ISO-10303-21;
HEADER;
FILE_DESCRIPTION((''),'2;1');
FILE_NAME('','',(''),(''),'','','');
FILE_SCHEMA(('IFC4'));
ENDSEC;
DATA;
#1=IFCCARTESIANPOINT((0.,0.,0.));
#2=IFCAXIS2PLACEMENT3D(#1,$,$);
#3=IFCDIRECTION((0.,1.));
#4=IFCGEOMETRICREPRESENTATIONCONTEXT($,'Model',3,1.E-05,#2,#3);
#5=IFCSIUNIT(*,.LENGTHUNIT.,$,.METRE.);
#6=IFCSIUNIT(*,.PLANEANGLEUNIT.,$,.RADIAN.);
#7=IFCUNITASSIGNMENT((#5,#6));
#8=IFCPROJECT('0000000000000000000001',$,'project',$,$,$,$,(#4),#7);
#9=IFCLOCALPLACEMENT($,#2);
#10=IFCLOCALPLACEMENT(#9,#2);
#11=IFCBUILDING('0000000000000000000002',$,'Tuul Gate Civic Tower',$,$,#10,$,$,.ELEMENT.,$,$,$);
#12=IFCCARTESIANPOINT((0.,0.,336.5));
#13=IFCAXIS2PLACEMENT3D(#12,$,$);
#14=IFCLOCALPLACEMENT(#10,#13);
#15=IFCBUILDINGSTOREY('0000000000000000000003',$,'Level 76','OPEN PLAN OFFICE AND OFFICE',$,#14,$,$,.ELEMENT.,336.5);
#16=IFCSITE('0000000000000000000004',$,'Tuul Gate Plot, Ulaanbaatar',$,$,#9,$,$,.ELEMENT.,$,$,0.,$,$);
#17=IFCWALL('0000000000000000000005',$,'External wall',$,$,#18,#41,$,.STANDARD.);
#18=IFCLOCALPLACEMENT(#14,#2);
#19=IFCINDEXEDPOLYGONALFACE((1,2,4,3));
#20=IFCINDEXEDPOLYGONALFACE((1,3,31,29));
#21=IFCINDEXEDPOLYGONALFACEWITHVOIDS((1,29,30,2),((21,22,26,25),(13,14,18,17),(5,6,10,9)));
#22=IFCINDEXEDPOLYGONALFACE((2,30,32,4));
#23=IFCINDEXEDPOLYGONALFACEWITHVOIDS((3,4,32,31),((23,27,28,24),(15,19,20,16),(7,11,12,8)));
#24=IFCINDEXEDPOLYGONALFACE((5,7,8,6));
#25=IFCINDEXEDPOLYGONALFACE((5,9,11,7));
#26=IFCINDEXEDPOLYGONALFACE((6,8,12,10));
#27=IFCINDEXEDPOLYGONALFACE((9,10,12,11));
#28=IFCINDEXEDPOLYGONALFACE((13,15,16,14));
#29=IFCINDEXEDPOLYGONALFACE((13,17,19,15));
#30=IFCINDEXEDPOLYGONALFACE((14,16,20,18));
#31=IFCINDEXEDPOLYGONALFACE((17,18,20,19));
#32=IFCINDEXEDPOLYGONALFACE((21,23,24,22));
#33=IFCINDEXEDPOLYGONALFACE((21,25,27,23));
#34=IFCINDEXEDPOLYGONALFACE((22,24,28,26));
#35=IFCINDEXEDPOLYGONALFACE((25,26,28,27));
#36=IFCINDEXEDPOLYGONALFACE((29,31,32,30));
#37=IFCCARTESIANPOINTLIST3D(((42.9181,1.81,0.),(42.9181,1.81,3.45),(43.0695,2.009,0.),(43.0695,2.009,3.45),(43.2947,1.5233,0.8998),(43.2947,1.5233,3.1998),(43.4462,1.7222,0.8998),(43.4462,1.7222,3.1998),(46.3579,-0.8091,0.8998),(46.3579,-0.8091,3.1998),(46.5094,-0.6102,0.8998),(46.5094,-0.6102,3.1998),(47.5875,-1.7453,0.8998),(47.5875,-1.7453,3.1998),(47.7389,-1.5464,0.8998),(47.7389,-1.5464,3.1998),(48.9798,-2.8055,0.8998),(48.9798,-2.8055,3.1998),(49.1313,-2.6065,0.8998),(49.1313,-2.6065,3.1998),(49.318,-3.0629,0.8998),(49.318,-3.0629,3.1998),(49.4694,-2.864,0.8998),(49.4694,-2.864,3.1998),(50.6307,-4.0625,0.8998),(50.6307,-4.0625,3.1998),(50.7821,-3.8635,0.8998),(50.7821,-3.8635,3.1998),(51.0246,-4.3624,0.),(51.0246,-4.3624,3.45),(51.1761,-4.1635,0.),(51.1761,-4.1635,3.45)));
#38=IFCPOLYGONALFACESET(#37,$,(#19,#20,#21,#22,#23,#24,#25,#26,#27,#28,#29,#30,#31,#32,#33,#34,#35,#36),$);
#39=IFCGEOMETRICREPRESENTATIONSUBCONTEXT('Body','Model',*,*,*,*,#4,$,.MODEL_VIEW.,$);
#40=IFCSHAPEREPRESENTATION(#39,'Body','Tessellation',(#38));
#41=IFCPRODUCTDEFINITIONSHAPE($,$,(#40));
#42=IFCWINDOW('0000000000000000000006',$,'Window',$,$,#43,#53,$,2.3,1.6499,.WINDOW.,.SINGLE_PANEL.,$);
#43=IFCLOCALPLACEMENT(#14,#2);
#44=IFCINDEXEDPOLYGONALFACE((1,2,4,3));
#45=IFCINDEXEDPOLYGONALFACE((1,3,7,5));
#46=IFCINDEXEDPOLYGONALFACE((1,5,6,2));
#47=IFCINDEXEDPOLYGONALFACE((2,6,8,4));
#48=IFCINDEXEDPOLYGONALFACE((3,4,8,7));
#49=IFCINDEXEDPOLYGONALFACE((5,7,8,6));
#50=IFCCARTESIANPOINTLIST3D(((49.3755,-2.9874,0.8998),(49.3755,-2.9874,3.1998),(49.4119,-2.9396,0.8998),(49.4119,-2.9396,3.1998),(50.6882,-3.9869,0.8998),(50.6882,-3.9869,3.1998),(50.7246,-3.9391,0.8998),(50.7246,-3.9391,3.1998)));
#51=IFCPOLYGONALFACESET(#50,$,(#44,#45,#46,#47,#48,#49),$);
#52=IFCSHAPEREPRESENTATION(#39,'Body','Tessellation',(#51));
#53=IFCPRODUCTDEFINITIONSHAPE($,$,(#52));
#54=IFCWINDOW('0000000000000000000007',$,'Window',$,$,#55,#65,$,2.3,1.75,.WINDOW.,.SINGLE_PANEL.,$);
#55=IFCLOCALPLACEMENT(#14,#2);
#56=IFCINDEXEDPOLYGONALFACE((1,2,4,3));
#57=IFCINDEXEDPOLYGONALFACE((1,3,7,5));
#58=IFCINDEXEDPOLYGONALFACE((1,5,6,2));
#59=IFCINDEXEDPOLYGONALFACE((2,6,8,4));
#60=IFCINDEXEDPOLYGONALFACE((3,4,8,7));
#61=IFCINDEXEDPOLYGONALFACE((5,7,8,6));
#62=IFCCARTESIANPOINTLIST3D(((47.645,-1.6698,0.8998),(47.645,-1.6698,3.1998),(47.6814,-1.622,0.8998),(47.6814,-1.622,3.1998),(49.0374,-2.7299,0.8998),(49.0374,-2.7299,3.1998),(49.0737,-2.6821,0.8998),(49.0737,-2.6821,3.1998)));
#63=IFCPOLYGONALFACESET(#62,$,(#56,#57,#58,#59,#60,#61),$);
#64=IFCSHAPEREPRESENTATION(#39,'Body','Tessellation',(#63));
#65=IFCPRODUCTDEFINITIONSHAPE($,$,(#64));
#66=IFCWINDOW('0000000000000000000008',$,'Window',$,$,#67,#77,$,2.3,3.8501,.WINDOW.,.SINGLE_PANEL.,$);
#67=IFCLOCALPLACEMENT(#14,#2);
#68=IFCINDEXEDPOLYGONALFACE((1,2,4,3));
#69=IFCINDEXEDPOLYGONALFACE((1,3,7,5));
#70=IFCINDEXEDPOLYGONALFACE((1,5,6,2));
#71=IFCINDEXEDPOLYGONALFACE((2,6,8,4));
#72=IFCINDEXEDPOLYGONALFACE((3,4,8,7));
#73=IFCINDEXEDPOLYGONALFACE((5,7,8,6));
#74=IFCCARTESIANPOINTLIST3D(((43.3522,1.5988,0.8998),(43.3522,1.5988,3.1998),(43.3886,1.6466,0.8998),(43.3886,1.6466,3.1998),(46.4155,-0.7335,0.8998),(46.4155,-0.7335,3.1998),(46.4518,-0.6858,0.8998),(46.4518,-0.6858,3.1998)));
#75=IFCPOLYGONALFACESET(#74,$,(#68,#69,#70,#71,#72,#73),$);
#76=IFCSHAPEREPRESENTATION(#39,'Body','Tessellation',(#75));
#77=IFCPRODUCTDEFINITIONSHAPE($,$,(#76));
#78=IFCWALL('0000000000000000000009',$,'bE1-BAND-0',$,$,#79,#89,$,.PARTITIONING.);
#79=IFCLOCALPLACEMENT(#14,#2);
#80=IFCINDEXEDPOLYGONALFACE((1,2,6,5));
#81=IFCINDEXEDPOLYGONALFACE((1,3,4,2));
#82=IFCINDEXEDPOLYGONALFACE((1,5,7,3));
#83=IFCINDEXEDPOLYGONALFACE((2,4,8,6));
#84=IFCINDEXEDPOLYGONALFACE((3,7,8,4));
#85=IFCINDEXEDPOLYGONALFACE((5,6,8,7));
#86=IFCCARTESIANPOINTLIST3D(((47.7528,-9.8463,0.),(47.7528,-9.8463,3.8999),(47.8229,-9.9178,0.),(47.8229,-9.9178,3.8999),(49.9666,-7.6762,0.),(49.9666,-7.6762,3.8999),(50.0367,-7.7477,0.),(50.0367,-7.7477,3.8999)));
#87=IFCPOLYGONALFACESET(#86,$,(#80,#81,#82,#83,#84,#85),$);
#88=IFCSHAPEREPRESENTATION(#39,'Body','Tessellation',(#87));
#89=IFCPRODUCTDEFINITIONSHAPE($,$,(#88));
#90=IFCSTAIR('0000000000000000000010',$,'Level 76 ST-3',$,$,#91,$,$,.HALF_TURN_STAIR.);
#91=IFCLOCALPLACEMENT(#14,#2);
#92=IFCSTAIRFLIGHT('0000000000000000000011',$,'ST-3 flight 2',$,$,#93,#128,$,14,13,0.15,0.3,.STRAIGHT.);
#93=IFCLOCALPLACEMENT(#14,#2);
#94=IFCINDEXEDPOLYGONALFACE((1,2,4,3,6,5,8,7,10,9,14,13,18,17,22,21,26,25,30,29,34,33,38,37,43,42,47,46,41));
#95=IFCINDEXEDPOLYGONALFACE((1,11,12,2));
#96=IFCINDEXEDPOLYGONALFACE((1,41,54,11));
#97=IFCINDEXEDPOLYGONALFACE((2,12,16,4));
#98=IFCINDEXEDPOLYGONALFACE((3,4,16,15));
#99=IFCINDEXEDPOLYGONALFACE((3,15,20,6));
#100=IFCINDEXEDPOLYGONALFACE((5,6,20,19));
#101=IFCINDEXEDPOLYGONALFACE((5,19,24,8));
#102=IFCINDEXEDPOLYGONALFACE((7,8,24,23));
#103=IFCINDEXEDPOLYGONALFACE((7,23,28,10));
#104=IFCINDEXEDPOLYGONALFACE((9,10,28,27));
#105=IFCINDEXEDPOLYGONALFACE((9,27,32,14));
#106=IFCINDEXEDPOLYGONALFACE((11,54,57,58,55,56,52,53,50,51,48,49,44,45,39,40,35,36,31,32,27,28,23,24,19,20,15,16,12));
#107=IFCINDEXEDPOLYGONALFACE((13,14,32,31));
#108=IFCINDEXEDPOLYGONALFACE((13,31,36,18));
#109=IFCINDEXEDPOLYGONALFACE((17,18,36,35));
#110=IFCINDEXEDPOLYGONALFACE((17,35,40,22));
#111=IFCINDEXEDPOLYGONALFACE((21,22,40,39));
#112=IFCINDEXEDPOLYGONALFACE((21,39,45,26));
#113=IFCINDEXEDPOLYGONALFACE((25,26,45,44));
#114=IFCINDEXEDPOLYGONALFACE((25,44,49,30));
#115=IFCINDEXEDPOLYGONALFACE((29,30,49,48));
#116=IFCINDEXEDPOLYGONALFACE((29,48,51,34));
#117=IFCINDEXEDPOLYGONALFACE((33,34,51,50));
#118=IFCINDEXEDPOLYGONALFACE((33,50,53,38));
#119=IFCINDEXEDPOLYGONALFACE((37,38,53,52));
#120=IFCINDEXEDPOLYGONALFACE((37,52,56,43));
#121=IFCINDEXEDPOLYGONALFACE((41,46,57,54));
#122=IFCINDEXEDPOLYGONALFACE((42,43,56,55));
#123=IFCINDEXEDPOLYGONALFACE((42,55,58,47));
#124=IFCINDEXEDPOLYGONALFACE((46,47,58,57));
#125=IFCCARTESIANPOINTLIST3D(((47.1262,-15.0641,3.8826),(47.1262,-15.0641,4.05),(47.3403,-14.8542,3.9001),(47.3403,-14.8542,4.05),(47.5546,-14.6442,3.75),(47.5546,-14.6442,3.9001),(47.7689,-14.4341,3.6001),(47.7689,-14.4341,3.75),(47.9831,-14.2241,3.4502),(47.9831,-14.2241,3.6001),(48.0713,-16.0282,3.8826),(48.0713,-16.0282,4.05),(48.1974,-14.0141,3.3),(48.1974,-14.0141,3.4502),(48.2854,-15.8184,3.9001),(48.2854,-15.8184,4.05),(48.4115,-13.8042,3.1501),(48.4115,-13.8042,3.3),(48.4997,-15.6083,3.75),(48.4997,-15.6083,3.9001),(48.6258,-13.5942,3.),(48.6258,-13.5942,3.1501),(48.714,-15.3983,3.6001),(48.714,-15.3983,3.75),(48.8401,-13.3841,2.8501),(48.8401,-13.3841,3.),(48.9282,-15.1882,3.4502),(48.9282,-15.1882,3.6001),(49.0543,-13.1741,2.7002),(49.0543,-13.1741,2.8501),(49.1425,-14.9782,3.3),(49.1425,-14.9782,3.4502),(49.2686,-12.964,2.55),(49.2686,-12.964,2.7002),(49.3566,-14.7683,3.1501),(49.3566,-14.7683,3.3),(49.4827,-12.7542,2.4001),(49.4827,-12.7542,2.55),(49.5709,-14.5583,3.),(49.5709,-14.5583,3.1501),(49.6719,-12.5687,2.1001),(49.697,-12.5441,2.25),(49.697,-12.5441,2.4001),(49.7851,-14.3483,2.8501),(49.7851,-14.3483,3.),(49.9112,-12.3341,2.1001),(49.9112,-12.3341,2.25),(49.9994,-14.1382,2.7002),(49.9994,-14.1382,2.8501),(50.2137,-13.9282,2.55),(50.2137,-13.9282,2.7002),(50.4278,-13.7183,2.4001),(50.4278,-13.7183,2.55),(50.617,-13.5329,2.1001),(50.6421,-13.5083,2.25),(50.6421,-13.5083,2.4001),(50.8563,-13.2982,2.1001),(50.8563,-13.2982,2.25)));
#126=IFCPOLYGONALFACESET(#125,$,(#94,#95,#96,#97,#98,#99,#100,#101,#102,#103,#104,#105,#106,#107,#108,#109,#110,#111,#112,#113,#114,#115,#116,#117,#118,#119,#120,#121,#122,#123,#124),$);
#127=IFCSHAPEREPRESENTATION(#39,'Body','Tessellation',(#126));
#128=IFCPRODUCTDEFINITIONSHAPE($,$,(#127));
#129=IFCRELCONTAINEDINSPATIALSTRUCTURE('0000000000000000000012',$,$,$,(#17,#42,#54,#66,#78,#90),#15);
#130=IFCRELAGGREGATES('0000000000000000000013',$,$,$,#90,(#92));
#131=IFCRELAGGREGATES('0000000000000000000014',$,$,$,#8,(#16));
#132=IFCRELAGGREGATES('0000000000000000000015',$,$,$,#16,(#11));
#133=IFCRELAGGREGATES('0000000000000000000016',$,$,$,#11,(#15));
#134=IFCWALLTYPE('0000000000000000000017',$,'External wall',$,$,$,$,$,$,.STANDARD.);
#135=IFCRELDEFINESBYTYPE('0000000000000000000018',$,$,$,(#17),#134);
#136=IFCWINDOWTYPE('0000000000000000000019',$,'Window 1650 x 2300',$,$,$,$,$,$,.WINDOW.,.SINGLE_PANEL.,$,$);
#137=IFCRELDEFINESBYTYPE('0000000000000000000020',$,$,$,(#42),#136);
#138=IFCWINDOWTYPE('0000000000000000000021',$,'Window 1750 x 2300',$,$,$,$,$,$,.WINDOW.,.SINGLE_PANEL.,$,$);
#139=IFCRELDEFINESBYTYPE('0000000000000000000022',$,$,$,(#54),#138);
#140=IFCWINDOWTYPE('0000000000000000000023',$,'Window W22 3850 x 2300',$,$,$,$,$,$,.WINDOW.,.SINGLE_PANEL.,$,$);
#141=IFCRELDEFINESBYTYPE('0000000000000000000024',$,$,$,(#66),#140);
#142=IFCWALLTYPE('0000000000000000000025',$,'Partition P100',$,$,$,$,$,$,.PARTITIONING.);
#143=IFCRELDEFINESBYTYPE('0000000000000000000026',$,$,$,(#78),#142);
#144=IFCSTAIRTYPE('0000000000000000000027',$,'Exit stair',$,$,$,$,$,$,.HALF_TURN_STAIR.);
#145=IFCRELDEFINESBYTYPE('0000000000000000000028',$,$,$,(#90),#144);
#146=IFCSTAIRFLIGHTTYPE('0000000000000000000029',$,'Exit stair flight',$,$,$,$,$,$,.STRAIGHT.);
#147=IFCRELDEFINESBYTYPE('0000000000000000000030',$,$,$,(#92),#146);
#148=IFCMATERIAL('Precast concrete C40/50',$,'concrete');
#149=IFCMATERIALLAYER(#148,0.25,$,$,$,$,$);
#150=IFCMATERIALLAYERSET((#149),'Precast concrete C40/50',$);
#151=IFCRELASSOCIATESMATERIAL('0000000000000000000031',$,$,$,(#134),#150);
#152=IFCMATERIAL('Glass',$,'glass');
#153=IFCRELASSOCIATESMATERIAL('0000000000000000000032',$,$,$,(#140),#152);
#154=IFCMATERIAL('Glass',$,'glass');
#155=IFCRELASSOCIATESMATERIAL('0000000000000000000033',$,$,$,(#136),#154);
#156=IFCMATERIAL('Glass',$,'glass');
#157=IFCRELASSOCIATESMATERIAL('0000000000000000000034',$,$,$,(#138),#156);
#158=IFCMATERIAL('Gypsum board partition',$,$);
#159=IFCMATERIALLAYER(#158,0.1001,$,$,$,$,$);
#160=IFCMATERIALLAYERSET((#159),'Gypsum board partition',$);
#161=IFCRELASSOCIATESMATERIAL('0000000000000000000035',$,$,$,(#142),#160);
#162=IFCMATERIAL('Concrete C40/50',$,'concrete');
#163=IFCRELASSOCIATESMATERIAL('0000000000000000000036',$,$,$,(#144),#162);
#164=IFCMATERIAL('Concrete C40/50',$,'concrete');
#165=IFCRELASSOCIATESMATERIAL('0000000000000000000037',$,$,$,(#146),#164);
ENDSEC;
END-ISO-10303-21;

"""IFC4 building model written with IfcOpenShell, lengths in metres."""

from ifc_helpers import new_model, si_unit, direction, frame, frame_2d, origin, place, context, subcontext, project, spatial, polyline, rectangle, outline, extrude, material, layer, layer_set, type_object, element, fill, aggregate, save


model = new_model("IFC4")

# Units and contexts
model_context = context("Model", 3, precision=1e-05, world=origin(), true_north=direction((0.0, 1.0)))
body_context = subcontext(model_context, "Body", "Model", "MODEL_VIEW")
ifc_project = project(units=[si_unit("LENGTHUNIT", "METRE"), si_unit("PLANEANGLEUNIT", "RADIAN")], contexts=[model_context])

# Site, building, storey
site_placement = place(None, origin())
site = spatial("IfcSite", under=ifc_project, at=site_placement, Name="Tuul Gate Plot, Ulaanbaatar", CompositionType="ELEMENT", RefElevation=0.0)
building_placement = place(site_placement, origin())
building = spatial("IfcBuilding", under=site, at=building_placement, Name="Tuul Gate Civic Tower", CompositionType="ELEMENT")
storey_placement = place(building_placement, frame((0.0, 0.0, 336.5)))
storey = spatial("IfcBuildingStorey", under=building, at=storey_placement, Name="Level 76", Description="OPEN PLAN OFFICE AND OFFICE", CompositionType="ELEMENT", Elevation=336.5)

# Wall, openings, windows
ifc_material_1 = material(Name="Precast concrete C40/50", Category="concrete")
ifc_layer_1 = layer(ifc_material_1, 0.25)
ifc_layer_set_1 = layer_set([ifc_layer_1], Name="Precast concrete C40/50")
wall_type_1 = type_object("IfcWallType", Name="External wall", PredefinedType="STANDARD", material=ifc_layer_set_1)
ifc_material_2 = material(Name="Glass", Category="glass")
window_type_1 = type_object("IfcWindowType", Name="Window W22 3850 x 2300", PartitioningType="SINGLE_PANEL", PredefinedType="WINDOW", material=ifc_material_2)
wall_1_placement = place(storey_placement, frame((51.1003, -4.2629, 0.0), z_axis=(0.0, 0.0, 1.0), x_axis=(-0.79562, 0.605796, 0.0)))
wall_1 = element("IfcWall", 1, at=wall_1_placement, inside=storey, type_object=wall_type_1, Name="External wall", PredefinedType="STANDARD", context=body_context, shape_type="SweptSolid", body=[
    extrude(rectangle(XDim=10.189, YDim=0.25, at=frame_2d((5.0945, 0.0))), origin(), (0.0, 0.0, 1.0), 3.45),
])
opening_1_placement = place(wall_1_placement, frame((5.8655, 0.0, 0.8999)))
opening_1 = element("IfcOpeningElement", 2, at=opening_1_placement, cuts=wall_1, PredefinedType="OPENING", context=body_context, shape_type="SweptSolid", body=[
    extrude(rectangle(XDim=3.8501, YDim=2.3, at=frame_2d((1.925, 1.1499))), frame((0.0, 0.135, 0.0), z_axis=(0.0, -1.0, 0.0), x_axis=(1.0, 0.0, 0.0)), (0.0, 0.0, 1.0), 0.27),
])
opening_2_placement = place(wall_1_placement, frame((0.4951, 0.0, 0.8999)))
opening_2 = element("IfcOpeningElement", 3, at=opening_2_placement, cuts=wall_1, PredefinedType="OPENING", context=body_context, shape_type="SweptSolid", body=[
    extrude(rectangle(XDim=1.6499, YDim=2.3, at=frame_2d((0.825, 1.1499))), frame((0.0, 0.135, 0.0), z_axis=(0.0, -1.0, 0.0), x_axis=(1.0, 0.0, 0.0)), (0.0, 0.0, 1.0), 0.27),
])
opening_3_placement = place(wall_1_placement, frame((2.5701, 0.0, 0.8999)))
opening_3 = element("IfcOpeningElement", 4, at=opening_3_placement, cuts=wall_1, PredefinedType="OPENING", context=body_context, shape_type="SweptSolid", body=[
    extrude(rectangle(XDim=1.75, YDim=2.3, at=frame_2d((0.875, 1.1499))), frame((0.0, 0.135, 0.0), z_axis=(0.0, -1.0, 0.0), x_axis=(1.0, 0.0, 0.0)), (0.0, 0.0, 1.0), 0.27),
])
ifc_material_3 = material(Name="Glass", Category="glass")
window_type_2 = type_object("IfcWindowType", Name="Window 1650 x 2300", PartitioningType="SINGLE_PANEL", PredefinedType="WINDOW", material=ifc_material_3)
window_1_placement = place(opening_2_placement, origin())
window_1 = element("IfcWindow", 5, at=window_1_placement, inside=storey, type_object=window_type_2, Name="Window", OverallHeight=2.3, OverallWidth=1.6499, PartitioningType="SINGLE_PANEL", PredefinedType="WINDOW", context=body_context, shape_type="SweptSolid", body=[
    extrude(rectangle(XDim=1.6499, YDim=2.3, at=frame_2d((0.825, 1.1499))), frame((0.0, 0.03, 0.0), z_axis=(0.0, -1.0, 0.0), x_axis=(1.0, 0.0, 0.0)), (0.0, 0.0, 1.0), 0.0601),
])
fill(opening_2, window_1)
ifc_material_4 = material(Name="Glass", Category="glass")
window_type_3 = type_object("IfcWindowType", Name="Window 1750 x 2300", PartitioningType="SINGLE_PANEL", PredefinedType="WINDOW", material=ifc_material_4)
window_2_placement = place(opening_3_placement, origin())
window_2 = element("IfcWindow", 6, at=window_2_placement, inside=storey, type_object=window_type_3, Name="Window", OverallHeight=2.3, OverallWidth=1.75, PartitioningType="SINGLE_PANEL", PredefinedType="WINDOW", context=body_context, shape_type="SweptSolid", body=[
    extrude(rectangle(XDim=1.75, YDim=2.3, at=frame_2d((0.875, 1.1499))), frame((0.0, 0.03, 0.0), z_axis=(0.0, -1.0, 0.0), x_axis=(1.0, 0.0, 0.0)), (0.0, 0.0, 1.0), 0.0601),
])
fill(opening_3, window_2)
window_3_placement = place(opening_1_placement, origin())
window_3 = element("IfcWindow", 7, at=window_3_placement, inside=storey, type_object=window_type_1, Name="Window", OverallHeight=2.3, OverallWidth=3.8501, PartitioningType="SINGLE_PANEL", PredefinedType="WINDOW", context=body_context, shape_type="SweptSolid", body=[
    extrude(rectangle(XDim=3.8501, YDim=2.3, at=frame_2d((1.925, 1.1499))), frame((0.0, 0.03, 0.0), z_axis=(0.0, -1.0, 0.0), x_axis=(1.0, 0.0, 0.0)), (0.0, 0.0, 1.0), 0.0601),
])
fill(opening_1, window_3)

# Wall
ifc_material_5 = material(Name="Gypsum board partition")
ifc_layer_2 = layer(ifc_material_5, 0.1001)
ifc_layer_set_2 = layer_set([ifc_layer_2], Name="Gypsum board partition")
wall_type_2 = type_object("IfcWallType", Name="Partition P100", PredefinedType="PARTITIONING", material=ifc_layer_set_2)
wall_2_placement = place(storey_placement, frame((47.7878, -9.8821, 0.0), z_axis=(0.0, 0.0, 1.0), x_axis=(0.71412, 0.700023, 0.0)))
element("IfcWall", 8, at=wall_2_placement, inside=storey, type_object=wall_type_2, Name="bE1-BAND-0", PredefinedType="PARTITIONING", context=body_context, shape_type="SweptSolid", body=[
    extrude(rectangle(XDim=3.1001, YDim=0.1001, at=frame_2d((1.55, 0.0))), origin(), (0.0, 0.0, 1.0), 3.8999),
])

# Stair, stair flight
ifc_material_6 = material(Name="Concrete C40/50", Category="concrete")
stair_type = type_object("IfcStairType", Name="Exit stair", PredefinedType="HALF_TURN_STAIR", material=ifc_material_6)
stair_placement = place(storey_placement, origin())
stair = element("IfcStair", 9, at=stair_placement, inside=storey, type_object=stair_type, Name="Level 76 ST-3", PredefinedType="HALF_TURN_STAIR")
ifc_material_7 = material(Name="Concrete C40/50", Category="concrete")
stair_flight_type = type_object("IfcStairFlightType", Name="Exit stair flight", PredefinedType="STRAIGHT", material=ifc_material_7)
stair_flight_placement = place(storey_placement, frame((50.3838, -12.8162, 2.1001), z_axis=(0.0, 0.0, 1.0), x_axis=(-0.714127, -0.700016, 0.0)))
stair_flight = element("IfcStairFlight", 10, at=stair_flight_placement, type_object=stair_flight_type, Name="ST-3 flight 2", NumberOfRisers=14, NumberOfTreads=13, PredefinedType="STRAIGHT", RiserHeight=0.15, TreadLength=0.3, context=body_context, shape_type="SweptSolid", body=[
    extrude(outline(polyline([(0.0, 0.0), (0.0, 0.1499), (0.3, 0.1499), (0.3, 0.3), (0.6001, 0.3), (0.6001, 0.45), (0.8999, 0.45), (0.8999, 0.6001), (1.2, 0.6001), (1.2, 0.75), (1.5, 0.75), (1.5, 0.8999), (1.8, 0.8999), (1.8, 1.05), (2.1001, 1.05), (2.1001, 1.2), (2.3999, 1.2), (2.3999, 1.3501), (2.7, 1.3501), (2.7, 1.5), (3.0, 1.5), (3.0, 1.6499), (3.3, 1.6499), (3.3, 1.8), (3.6001, 1.8), (3.6001, 1.95), (3.8999, 1.95), (3.8999, 2.1001), (3.8999, 1.7825), (0.3352, 0.0), (0.0, 0.0)])), frame((0.0, 0.675, 0.0), z_axis=(0.0, -1.0, 0.0), x_axis=(1.0, 0.0, 0.0)), (0.0, 0.0, 1.0), 1.3501),
])
aggregate(stair, [stair_flight])

save(model, "model.ifc")
